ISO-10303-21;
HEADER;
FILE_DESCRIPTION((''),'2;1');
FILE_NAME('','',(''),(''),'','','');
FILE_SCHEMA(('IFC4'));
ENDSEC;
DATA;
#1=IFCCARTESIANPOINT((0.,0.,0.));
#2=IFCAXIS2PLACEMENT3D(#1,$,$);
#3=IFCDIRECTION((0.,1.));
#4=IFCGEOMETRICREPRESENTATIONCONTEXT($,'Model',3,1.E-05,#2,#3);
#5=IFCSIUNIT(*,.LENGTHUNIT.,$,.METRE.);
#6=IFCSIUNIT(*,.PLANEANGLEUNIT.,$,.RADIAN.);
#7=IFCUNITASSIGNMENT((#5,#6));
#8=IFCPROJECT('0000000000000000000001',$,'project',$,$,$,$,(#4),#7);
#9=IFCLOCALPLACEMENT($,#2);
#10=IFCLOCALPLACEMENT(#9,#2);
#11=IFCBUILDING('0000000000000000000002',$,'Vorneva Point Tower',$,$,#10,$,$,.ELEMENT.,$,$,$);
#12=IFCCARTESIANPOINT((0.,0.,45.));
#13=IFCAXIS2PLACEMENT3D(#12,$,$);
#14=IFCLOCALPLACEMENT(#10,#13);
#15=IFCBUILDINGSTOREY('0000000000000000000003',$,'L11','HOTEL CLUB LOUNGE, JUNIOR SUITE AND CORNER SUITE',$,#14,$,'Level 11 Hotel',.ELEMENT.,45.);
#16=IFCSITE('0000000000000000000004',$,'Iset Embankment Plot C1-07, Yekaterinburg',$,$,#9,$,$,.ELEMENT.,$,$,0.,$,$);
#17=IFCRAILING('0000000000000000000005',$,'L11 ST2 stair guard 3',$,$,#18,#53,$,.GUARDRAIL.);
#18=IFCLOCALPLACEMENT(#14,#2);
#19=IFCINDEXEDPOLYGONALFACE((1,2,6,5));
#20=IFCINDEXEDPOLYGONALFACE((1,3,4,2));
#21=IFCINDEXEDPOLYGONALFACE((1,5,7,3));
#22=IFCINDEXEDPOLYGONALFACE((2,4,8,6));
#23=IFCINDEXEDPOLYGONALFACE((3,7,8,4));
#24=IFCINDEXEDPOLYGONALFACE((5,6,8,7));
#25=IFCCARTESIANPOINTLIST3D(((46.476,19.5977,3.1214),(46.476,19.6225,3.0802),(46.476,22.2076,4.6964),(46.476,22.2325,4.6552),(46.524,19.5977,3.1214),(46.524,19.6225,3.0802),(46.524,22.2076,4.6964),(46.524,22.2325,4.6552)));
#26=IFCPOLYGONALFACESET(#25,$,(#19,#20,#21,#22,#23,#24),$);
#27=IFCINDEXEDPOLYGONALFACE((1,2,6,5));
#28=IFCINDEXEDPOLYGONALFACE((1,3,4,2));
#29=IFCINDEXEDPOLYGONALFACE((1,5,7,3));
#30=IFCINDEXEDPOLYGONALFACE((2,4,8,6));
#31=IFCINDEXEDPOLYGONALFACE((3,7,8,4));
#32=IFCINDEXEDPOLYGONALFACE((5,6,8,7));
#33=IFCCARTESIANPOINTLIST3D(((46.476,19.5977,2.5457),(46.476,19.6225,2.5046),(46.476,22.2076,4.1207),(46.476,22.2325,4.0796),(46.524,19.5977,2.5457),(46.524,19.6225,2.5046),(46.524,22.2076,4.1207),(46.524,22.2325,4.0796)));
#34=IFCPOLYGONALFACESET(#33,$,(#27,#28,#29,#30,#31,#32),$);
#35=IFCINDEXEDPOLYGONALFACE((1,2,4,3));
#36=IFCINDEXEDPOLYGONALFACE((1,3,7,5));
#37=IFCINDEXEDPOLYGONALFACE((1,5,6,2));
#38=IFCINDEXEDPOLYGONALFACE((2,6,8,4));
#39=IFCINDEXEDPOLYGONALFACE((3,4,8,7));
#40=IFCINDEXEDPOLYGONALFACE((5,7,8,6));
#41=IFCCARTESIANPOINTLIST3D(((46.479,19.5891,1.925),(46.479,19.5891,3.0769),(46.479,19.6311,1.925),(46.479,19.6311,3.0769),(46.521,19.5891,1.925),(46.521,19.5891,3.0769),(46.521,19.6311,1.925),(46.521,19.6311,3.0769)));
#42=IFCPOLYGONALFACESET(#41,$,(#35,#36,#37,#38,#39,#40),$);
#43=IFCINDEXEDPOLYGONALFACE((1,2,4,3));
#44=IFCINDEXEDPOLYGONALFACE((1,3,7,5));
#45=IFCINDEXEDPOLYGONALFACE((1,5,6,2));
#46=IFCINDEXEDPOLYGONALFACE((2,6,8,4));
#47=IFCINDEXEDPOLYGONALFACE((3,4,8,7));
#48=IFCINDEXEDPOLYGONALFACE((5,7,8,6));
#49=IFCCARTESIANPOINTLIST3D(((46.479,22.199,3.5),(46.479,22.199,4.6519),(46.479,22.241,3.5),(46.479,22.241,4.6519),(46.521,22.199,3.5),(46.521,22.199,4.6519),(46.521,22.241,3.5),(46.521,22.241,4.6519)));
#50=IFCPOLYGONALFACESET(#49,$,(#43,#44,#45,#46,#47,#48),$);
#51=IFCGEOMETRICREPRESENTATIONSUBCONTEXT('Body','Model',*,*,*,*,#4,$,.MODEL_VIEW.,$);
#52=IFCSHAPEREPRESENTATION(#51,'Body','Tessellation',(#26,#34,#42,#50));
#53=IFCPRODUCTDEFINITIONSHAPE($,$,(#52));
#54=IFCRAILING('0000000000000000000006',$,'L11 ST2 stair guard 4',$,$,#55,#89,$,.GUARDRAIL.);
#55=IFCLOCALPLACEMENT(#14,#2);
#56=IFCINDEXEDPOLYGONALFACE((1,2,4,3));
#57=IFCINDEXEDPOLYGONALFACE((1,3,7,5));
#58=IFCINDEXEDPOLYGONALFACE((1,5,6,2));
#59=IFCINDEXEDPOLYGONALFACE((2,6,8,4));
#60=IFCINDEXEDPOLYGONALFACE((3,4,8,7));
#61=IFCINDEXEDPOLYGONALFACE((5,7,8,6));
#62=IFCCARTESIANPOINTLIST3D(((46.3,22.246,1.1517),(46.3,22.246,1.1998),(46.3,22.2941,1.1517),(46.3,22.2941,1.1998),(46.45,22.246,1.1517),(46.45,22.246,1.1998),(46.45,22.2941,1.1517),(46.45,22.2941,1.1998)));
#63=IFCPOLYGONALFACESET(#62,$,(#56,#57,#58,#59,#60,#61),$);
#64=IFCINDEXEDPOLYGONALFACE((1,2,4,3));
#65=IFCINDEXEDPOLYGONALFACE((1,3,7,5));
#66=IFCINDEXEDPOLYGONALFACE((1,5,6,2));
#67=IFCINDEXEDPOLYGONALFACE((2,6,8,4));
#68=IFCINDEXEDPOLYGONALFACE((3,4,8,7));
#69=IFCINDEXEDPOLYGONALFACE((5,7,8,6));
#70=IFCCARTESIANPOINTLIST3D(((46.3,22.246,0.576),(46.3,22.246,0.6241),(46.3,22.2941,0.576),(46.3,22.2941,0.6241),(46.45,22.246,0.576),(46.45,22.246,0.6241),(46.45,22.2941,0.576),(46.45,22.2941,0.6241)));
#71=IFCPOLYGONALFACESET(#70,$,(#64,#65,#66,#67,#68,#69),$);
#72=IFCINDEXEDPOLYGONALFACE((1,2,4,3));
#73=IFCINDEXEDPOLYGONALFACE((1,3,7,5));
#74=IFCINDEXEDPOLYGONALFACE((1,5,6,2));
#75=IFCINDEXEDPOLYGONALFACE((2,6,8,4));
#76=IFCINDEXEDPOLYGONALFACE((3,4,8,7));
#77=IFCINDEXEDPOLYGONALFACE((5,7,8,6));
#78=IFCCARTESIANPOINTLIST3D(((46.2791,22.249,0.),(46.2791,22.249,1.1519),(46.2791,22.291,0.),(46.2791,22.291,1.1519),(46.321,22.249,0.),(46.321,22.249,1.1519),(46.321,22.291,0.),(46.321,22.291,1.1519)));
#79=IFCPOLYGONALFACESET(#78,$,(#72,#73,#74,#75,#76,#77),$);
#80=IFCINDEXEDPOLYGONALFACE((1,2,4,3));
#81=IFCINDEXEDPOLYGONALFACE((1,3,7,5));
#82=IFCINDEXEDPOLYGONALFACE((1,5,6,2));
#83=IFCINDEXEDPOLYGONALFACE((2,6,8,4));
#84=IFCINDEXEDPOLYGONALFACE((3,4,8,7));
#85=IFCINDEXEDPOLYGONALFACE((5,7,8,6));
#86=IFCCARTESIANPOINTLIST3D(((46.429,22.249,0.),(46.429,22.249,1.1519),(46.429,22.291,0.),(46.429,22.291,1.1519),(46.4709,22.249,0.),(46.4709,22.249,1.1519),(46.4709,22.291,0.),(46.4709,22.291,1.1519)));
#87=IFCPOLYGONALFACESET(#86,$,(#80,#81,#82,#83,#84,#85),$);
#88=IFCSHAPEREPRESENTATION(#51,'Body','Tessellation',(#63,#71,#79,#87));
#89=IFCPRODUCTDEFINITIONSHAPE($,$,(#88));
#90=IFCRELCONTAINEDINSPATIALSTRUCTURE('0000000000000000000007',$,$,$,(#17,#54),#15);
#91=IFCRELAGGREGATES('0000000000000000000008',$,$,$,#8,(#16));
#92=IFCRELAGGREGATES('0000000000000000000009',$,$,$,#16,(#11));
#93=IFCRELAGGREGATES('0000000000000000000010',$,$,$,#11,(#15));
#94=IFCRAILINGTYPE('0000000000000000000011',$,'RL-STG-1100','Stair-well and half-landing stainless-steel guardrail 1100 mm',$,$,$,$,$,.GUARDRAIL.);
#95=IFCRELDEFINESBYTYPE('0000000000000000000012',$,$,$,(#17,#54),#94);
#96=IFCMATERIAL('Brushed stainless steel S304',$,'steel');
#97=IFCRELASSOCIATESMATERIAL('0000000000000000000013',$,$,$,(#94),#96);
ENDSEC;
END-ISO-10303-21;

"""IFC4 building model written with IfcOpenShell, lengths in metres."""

from ifc_helpers import new_model, si_unit, direction, frame, origin, origin_2d, place, context, subcontext, project, spatial, rectangle, extrude, material, type_object, element, save


model = new_model("IFC4")

# Units and contexts
model_context = context("Model", 3, precision=1e-05, world=origin(), true_north=direction((0.0, 1.0)))
body_context = subcontext(model_context, "Body", "Model", "MODEL_VIEW")
ifc_project = project(units=[si_unit("LENGTHUNIT", "METRE"), si_unit("PLANEANGLEUNIT", "RADIAN")], contexts=[model_context])

# Site, building, storey
site_placement = place(None, origin())
site = spatial("IfcSite", under=ifc_project, at=site_placement, Name="Iset Embankment Plot C1-07, Yekaterinburg", CompositionType="ELEMENT", RefElevation=0.0)
building_placement = place(site_placement, origin())
building = spatial("IfcBuilding", under=site, at=building_placement, Name="Vorneva Point Tower", CompositionType="ELEMENT")
storey_placement = place(building_placement, frame((0.0, 0.0, 45.0)))
storey = spatial("IfcBuildingStorey", under=building, at=storey_placement, Name="L11", Description="HOTEL CLUB LOUNGE, JUNIOR SUITE AND CORNER SUITE", LongName="Level 11 Hotel", CompositionType="ELEMENT", Elevation=45.0)

# Railings
ifc_material_1 = material(Name="Brushed stainless steel S304", Category="steel")
railing_type_1 = type_object("IfcRailingType", Name="RL-STG-1100", Description="Stair-well and half-landing stainless-steel guardrail 1100 mm", PredefinedType="GUARDRAIL", material=ifc_material_1)
railing_1_placement = place(storey_placement, frame((46.5, 19.6101, 1.925)))
element("IfcRailing", 1, at=railing_1_placement, inside=storey, type_object=railing_type_1, Name="L11 ST2 stair guard 3", PredefinedType="GUARDRAIL", context=body_context, shape_type="SweptSolid", body=[
    extrude(rectangle(XDim=0.0481, YDim=0.0481, at=origin_2d()), frame((0.0, 0.0, 1.1758), z_axis=(0.0, 0.856183, 0.516673), x_axis=(-1.0, 0.0, 0.0)), (0.0, 0.0, 1.0), 3.0483),
    extrude(rectangle(XDim=0.0481, YDim=0.0481, at=origin_2d()), frame((0.0, 0.0, 0.6001), z_axis=(0.0, 0.856183, 0.516673), x_axis=(-1.0, 0.0, 0.0)), (0.0, 0.0, 1.0), 3.0483),
    extrude(rectangle(XDim=0.042, YDim=0.042, at=origin_2d()), origin(), (0.0, 0.0, 1.0), 1.1519),
    extrude(rectangle(XDim=0.042, YDim=0.042, at=origin_2d()), frame((0.0, 2.6099, 1.575)), (0.0, 0.0, 1.0), 1.1519),
])
railing_2_placement = place(storey_placement, frame((46.3, 22.27, 0.0)))
element("IfcRailing", 2, at=railing_2_placement, inside=storey, type_object=railing_type_1, Name="L11 ST2 stair guard 4", PredefinedType="GUARDRAIL", context=body_context, shape_type="SweptSolid", body=[
    extrude(rectangle(XDim=0.0481, YDim=0.0481, at=origin_2d()), frame((0.0, 0.0, 1.1758), z_axis=(1.0, 0.0, 0.0), x_axis=(0.0, 1.0, 0.0)), (0.0, 0.0, 1.0), 0.1499),
    extrude(rectangle(XDim=0.0481, YDim=0.0481, at=origin_2d()), frame((0.0, 0.0, 0.6001), z_axis=(1.0, 0.0, 0.0), x_axis=(0.0, 1.0, 0.0)), (0.0, 0.0, 1.0), 0.1499),
    extrude(rectangle(XDim=0.042, YDim=0.042, at=origin_2d()), origin(), (0.0, 0.0, 1.0), 1.1519),
    extrude(rectangle(XDim=0.042, YDim=0.042, at=origin_2d()), frame((0.1499, 0.0, 0.0)), (0.0, 0.0, 1.0), 1.1519),
])

save(model, "model.ifc")
